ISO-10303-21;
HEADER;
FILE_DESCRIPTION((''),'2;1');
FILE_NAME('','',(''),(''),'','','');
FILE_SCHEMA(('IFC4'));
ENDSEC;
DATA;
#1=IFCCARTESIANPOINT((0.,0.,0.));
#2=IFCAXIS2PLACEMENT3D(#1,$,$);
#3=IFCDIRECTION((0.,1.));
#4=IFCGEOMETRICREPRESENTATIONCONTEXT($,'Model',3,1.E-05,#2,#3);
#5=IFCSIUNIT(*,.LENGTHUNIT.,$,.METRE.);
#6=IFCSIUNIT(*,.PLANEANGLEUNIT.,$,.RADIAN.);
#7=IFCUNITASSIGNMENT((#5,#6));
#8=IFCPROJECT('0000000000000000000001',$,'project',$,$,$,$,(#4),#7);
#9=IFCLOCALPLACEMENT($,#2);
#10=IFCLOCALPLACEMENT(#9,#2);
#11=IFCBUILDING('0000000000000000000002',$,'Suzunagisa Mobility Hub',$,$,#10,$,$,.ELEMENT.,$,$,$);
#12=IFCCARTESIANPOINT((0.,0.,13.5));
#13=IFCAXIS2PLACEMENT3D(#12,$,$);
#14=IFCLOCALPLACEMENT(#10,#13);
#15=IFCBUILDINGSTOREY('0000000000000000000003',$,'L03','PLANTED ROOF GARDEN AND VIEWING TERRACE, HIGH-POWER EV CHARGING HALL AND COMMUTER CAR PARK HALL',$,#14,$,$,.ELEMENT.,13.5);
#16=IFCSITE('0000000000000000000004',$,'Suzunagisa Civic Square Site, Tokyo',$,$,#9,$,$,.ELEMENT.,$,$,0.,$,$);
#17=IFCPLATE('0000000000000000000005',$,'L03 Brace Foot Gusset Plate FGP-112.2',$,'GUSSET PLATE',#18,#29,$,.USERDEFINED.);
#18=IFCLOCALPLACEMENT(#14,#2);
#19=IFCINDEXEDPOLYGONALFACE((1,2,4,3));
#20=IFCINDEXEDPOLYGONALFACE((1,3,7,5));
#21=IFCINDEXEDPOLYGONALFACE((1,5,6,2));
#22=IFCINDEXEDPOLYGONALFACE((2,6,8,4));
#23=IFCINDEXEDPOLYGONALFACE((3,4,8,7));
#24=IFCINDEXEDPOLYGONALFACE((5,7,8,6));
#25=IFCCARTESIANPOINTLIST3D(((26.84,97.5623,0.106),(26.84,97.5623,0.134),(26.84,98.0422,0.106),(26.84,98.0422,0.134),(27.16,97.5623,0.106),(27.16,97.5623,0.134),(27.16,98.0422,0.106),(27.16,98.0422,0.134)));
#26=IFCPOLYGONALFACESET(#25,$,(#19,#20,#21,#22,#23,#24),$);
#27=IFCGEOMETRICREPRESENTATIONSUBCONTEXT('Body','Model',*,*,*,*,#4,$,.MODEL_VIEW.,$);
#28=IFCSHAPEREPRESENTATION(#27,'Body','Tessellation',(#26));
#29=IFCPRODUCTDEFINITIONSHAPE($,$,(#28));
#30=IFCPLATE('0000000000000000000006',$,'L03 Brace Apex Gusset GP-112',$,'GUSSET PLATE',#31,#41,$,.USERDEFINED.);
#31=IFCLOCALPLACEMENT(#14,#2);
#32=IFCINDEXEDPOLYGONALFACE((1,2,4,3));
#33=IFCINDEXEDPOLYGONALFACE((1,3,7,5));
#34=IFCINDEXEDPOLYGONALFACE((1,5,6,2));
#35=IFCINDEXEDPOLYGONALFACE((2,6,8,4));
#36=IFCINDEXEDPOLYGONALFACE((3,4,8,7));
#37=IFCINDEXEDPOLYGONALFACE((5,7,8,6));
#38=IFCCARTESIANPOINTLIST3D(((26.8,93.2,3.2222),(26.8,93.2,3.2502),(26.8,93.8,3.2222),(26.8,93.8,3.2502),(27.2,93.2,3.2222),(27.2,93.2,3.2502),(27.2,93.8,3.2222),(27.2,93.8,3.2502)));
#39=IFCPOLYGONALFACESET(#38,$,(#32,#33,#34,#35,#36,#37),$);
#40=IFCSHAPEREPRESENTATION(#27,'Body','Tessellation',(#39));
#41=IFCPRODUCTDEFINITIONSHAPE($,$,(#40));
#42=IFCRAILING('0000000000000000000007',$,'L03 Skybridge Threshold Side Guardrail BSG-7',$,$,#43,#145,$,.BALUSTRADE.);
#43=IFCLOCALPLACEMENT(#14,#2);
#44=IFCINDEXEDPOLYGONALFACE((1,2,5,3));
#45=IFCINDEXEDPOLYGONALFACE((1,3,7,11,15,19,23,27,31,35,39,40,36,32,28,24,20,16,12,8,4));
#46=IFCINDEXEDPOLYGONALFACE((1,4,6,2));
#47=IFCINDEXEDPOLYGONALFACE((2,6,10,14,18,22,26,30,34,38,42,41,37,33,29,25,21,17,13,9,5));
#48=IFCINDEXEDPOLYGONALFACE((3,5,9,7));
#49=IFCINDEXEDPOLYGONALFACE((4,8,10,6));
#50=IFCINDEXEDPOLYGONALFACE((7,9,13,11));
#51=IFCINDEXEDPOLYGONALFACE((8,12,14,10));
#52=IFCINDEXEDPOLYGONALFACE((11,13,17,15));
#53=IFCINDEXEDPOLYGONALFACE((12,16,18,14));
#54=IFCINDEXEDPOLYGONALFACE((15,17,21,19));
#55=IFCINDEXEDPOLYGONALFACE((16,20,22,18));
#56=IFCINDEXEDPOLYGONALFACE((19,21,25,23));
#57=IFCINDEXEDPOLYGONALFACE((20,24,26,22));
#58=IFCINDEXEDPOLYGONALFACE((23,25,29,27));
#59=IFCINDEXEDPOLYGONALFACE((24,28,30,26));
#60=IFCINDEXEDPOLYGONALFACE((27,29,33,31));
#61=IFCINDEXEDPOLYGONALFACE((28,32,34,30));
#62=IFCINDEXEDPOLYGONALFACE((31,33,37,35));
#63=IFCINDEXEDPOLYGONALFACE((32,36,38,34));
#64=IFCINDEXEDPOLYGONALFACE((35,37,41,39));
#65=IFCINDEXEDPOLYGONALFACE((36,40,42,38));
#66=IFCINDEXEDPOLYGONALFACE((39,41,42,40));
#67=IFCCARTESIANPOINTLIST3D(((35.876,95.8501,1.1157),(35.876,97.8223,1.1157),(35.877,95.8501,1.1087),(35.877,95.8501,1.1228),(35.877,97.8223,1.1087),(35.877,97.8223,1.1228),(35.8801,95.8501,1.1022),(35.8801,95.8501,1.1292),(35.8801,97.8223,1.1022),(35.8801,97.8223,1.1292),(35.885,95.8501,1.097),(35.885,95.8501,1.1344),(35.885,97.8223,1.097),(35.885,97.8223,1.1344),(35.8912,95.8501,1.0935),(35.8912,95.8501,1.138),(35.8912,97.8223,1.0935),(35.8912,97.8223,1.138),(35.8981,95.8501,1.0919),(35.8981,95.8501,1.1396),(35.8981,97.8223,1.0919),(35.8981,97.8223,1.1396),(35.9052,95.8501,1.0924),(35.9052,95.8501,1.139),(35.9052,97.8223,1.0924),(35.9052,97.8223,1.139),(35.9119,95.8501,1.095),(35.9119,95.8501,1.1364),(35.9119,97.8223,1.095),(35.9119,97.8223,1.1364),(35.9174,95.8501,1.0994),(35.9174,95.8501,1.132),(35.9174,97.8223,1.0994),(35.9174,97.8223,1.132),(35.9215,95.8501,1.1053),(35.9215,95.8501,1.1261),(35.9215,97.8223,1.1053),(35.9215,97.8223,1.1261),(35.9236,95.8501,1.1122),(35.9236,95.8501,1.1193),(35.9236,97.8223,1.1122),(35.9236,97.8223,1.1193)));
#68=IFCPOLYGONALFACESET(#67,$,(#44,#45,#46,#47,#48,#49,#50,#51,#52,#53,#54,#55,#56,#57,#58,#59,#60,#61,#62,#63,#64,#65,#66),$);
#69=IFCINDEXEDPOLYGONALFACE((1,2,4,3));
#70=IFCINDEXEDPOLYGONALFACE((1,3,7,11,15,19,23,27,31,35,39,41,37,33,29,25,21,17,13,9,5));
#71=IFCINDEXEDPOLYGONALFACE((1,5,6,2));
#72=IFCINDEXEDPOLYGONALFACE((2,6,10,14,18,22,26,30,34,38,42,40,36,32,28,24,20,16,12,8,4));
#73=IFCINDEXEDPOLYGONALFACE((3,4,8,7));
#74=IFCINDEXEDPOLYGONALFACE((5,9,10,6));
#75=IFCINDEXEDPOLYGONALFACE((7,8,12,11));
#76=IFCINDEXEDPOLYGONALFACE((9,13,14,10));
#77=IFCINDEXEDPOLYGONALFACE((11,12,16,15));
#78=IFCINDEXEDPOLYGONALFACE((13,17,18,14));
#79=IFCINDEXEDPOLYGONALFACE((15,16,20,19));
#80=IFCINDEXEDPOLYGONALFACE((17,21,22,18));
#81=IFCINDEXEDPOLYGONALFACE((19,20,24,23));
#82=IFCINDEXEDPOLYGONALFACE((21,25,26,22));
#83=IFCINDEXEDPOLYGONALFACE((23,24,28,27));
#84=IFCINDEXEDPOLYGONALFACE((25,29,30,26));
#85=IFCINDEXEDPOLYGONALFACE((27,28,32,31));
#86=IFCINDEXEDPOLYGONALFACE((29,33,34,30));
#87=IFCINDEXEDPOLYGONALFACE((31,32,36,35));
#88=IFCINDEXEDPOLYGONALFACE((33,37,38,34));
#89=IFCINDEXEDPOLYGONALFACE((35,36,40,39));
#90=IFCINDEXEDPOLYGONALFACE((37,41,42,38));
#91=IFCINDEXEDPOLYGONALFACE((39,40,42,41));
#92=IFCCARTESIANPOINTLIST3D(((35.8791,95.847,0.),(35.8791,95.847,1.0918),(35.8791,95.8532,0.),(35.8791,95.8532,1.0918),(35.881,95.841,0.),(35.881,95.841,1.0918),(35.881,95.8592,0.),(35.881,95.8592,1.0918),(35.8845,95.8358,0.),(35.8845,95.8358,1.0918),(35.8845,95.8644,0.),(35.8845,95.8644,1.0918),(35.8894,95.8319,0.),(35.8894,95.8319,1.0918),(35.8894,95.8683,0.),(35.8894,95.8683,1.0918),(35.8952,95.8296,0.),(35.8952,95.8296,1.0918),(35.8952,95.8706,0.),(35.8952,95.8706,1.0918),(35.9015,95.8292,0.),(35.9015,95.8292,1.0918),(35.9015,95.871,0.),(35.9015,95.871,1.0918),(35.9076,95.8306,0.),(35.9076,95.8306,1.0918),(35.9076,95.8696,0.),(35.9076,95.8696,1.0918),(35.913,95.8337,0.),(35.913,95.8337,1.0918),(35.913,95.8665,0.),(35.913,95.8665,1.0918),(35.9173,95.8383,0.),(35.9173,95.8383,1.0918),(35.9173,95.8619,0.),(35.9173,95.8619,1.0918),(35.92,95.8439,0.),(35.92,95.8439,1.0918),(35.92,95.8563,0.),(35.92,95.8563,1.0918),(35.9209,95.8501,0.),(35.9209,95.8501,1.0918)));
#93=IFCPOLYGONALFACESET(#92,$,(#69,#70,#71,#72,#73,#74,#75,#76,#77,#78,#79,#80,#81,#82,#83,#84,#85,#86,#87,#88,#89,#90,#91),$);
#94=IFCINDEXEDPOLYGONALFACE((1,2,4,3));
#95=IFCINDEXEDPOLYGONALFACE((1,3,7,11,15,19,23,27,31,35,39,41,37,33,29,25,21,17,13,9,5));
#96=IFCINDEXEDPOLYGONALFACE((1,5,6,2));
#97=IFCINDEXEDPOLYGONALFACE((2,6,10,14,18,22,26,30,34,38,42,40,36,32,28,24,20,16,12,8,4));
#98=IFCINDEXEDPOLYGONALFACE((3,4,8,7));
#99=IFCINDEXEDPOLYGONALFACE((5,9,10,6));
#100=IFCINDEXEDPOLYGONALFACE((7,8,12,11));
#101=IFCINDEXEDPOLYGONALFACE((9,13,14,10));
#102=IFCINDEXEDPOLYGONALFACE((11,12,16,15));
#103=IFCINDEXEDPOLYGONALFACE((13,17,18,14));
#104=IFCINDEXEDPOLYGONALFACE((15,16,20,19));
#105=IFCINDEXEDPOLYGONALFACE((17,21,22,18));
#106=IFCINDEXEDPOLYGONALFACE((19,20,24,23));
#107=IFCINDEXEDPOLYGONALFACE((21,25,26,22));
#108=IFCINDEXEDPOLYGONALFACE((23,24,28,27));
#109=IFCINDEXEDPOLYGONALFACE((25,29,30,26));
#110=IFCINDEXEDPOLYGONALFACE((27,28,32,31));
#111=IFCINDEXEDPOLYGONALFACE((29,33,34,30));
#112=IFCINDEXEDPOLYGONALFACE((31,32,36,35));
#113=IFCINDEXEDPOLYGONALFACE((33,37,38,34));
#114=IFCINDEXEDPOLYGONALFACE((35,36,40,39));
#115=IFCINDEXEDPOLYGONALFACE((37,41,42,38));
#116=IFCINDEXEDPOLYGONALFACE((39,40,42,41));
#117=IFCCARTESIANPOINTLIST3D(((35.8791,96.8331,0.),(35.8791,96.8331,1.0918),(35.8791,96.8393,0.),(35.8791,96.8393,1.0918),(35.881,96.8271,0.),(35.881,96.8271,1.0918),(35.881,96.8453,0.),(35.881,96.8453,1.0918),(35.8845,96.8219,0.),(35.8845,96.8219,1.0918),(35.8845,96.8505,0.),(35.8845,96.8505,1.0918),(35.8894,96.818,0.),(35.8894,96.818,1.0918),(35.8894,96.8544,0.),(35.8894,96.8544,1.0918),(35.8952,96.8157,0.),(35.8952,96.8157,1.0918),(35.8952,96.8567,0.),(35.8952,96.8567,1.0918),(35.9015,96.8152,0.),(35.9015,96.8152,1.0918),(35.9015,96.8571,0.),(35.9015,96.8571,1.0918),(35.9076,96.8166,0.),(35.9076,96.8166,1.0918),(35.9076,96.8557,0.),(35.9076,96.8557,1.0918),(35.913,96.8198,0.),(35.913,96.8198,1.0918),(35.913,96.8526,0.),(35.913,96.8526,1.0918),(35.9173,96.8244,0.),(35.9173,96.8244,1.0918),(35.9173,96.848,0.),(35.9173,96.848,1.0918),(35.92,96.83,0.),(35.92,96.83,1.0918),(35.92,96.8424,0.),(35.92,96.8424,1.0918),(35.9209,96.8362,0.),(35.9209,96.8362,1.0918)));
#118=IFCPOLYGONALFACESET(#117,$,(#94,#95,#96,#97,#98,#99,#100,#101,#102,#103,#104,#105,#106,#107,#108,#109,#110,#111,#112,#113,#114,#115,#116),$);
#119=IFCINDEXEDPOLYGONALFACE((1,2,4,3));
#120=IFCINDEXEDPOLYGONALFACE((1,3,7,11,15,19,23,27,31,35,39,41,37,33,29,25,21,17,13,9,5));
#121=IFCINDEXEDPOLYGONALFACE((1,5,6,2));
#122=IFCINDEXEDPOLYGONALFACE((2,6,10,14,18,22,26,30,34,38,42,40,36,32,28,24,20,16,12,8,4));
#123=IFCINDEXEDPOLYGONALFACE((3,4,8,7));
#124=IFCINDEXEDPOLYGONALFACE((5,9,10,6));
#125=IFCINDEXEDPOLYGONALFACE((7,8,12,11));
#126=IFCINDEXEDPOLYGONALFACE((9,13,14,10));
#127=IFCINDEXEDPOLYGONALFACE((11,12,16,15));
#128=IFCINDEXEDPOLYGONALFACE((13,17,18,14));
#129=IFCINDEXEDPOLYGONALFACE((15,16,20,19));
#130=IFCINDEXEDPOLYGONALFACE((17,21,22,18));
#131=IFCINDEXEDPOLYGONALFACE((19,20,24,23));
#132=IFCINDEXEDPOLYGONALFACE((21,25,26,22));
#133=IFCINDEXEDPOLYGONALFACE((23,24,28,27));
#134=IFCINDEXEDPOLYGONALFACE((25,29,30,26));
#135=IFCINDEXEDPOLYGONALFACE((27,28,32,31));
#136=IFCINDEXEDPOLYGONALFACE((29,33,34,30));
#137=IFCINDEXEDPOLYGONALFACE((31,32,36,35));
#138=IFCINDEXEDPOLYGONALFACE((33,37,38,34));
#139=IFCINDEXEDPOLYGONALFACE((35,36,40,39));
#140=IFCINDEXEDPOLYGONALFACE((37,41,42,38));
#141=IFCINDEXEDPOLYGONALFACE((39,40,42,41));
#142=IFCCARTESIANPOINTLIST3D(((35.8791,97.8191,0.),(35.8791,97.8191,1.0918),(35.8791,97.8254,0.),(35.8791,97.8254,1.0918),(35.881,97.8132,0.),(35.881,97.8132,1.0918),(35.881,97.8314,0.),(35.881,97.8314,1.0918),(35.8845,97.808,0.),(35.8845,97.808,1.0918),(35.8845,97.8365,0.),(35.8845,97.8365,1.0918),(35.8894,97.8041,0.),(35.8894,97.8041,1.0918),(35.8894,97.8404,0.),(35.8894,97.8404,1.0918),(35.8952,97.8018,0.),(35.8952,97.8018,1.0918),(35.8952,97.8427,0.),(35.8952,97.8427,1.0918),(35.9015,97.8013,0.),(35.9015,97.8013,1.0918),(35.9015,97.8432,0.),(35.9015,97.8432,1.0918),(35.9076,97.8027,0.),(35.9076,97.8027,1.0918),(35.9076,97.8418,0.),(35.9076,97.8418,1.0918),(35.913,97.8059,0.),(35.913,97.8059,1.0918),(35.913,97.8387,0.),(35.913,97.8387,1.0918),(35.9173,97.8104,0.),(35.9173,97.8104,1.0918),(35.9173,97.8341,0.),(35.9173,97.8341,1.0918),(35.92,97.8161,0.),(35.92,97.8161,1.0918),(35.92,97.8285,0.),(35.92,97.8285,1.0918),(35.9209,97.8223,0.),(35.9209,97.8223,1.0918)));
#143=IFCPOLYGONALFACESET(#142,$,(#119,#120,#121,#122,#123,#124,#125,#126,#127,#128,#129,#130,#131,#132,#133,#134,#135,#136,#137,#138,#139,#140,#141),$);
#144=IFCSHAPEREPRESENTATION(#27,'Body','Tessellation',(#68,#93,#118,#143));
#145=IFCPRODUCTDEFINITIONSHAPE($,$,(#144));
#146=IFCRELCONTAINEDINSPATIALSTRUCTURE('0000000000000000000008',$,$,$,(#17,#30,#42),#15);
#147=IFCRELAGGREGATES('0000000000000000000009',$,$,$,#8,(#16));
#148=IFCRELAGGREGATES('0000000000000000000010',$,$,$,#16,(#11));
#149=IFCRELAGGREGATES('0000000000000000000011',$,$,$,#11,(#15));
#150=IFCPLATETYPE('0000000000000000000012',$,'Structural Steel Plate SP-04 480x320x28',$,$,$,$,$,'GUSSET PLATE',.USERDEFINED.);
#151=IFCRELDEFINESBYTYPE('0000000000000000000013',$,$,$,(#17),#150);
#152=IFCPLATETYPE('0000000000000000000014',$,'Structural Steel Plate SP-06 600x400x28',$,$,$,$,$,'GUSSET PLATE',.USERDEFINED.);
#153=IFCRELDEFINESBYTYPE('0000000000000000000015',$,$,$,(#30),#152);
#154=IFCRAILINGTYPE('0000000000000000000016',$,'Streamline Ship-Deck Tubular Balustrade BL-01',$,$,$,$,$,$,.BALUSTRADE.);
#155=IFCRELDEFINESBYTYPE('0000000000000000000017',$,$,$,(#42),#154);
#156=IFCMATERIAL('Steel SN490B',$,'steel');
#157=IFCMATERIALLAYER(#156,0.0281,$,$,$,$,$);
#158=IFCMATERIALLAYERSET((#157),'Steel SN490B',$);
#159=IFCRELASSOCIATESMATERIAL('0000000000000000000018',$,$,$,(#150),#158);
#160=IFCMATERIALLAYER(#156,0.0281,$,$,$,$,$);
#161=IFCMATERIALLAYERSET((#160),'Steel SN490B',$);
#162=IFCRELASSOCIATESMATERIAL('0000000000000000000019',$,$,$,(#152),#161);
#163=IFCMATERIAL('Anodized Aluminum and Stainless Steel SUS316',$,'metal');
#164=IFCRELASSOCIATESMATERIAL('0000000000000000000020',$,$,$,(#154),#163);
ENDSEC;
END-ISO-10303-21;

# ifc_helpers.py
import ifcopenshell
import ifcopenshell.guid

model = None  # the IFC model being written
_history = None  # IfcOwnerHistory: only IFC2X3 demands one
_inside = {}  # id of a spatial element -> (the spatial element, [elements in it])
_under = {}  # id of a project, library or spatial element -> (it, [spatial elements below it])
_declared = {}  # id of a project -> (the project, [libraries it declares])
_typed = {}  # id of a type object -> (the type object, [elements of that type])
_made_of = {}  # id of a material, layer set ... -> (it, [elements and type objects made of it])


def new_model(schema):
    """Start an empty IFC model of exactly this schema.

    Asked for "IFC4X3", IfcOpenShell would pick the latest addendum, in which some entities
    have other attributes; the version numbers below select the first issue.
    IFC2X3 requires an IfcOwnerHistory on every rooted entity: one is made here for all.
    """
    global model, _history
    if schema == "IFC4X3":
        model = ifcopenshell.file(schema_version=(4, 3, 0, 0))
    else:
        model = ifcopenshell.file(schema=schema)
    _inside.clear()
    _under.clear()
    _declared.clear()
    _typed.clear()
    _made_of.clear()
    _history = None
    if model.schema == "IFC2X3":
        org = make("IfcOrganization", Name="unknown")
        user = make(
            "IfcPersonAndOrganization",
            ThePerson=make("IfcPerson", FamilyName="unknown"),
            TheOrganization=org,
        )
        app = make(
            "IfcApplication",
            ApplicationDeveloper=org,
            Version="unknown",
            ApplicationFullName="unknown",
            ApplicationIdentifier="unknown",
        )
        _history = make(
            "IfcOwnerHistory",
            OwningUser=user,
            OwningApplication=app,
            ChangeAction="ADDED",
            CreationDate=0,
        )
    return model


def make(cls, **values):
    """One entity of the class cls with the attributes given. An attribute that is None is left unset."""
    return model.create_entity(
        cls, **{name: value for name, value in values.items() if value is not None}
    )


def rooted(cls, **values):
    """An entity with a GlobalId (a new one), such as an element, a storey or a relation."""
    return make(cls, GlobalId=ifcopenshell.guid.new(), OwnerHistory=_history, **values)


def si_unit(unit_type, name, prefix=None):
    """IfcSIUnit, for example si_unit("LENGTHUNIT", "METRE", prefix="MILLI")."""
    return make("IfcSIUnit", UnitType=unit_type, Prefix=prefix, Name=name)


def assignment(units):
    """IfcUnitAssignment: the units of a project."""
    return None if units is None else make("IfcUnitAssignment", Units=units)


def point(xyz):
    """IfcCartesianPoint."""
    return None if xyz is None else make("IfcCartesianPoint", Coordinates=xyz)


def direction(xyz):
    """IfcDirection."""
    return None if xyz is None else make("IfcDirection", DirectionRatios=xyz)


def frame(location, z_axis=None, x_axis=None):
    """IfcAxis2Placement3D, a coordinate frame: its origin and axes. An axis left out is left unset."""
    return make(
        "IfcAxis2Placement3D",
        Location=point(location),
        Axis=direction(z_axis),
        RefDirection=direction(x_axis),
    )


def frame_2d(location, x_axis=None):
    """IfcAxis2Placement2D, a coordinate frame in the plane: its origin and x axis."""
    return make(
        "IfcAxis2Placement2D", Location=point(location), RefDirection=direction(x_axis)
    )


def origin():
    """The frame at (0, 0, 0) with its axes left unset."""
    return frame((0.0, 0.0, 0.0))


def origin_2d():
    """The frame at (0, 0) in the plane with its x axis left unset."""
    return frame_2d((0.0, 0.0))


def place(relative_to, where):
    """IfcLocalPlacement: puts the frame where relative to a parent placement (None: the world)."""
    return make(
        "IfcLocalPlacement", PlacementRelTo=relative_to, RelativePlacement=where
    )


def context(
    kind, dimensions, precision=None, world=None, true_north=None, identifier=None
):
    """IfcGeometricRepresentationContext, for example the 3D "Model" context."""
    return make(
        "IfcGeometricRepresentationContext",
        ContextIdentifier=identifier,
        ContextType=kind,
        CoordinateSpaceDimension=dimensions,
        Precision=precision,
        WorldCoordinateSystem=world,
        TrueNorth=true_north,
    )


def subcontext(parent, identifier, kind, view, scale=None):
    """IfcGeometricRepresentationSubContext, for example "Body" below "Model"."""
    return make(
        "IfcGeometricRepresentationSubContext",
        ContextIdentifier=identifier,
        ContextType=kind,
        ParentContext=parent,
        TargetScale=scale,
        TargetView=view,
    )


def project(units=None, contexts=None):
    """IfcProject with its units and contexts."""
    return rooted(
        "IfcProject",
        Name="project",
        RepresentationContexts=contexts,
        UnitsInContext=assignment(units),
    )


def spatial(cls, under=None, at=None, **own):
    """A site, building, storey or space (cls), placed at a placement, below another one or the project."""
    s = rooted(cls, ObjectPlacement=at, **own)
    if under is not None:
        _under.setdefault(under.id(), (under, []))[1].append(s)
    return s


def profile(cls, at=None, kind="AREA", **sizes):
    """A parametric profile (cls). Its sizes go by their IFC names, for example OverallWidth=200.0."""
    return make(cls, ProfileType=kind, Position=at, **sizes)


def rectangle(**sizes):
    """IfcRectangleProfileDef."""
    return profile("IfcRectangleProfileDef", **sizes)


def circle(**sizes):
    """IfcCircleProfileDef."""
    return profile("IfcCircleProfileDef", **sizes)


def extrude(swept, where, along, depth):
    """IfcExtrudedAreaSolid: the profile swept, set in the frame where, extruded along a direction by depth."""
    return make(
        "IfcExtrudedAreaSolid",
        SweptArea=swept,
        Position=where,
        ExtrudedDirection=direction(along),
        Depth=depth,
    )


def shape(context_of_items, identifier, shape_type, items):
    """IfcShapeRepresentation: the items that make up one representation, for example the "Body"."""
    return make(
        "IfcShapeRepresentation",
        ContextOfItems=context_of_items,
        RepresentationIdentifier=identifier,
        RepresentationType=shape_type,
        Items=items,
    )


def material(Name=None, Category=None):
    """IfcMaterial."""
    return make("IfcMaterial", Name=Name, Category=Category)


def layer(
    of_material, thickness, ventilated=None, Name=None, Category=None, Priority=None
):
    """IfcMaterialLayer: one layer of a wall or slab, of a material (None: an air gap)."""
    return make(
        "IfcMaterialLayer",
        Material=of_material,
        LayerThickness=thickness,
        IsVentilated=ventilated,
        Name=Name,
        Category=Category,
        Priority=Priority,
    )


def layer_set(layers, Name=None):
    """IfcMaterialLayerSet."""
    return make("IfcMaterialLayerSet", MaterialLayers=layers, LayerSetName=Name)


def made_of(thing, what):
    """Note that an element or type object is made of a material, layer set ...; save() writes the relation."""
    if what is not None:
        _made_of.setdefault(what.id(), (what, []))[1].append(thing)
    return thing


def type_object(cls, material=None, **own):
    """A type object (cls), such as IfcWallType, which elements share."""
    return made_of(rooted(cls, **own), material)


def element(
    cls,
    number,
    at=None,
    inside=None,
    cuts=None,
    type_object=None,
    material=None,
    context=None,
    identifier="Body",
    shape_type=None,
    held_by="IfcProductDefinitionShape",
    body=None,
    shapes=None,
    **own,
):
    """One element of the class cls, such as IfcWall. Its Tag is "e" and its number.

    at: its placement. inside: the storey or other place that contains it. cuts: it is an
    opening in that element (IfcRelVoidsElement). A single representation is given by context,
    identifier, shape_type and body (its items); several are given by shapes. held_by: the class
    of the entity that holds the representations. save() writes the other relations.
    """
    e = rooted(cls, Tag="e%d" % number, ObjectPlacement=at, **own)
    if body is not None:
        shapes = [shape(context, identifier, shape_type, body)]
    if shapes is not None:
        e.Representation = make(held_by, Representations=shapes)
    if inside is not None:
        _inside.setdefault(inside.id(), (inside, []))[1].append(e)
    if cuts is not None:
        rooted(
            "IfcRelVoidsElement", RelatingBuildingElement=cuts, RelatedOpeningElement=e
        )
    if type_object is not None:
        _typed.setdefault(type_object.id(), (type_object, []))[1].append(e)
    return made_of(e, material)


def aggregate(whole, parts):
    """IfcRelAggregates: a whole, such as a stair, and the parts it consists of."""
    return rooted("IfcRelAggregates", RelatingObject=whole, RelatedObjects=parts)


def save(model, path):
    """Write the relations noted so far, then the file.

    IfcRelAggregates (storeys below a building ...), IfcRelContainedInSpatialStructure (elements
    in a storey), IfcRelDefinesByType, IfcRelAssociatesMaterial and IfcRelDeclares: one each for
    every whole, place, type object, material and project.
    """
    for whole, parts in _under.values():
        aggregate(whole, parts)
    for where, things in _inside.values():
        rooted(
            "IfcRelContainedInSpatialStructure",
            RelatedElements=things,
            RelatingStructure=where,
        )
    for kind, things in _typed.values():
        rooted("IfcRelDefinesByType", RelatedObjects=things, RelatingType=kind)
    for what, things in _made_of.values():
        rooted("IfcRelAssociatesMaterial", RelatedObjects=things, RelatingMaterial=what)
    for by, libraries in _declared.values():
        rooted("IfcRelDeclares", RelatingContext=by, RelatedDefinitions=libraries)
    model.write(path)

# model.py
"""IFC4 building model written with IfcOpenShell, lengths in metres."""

from ifc_helpers import new_model, si_unit, direction, frame, origin, origin_2d, place, context, subcontext, project, spatial, rectangle, circle, extrude, material, layer, layer_set, type_object, element, save


model = new_model("IFC4")

# Units and contexts
model_context = context("Model", 3, precision=1e-05, world=origin(), true_north=direction((0.0, 1.0)))
body_context = subcontext(model_context, "Body", "Model", "MODEL_VIEW")
ifc_project = project(units=[si_unit("LENGTHUNIT", "METRE"), si_unit("PLANEANGLEUNIT", "RADIAN")], contexts=[model_context])

# Site, building, storey
site_placement = place(None, origin())
site = spatial("IfcSite", under=ifc_project, at=site_placement, Name="Suzunagisa Civic Square Site, Tokyo", CompositionType="ELEMENT", RefElevation=0.0)
building_placement = place(site_placement, origin())
building = spatial("IfcBuilding", under=site, at=building_placement, Name="Suzunagisa Mobility Hub", CompositionType="ELEMENT")
storey_placement = place(building_placement, frame((0.0, 0.0, 13.5)))
storey = spatial("IfcBuildingStorey", under=building, at=storey_placement, Name="L03", Description="PLANTED ROOF GARDEN AND VIEWING TERRACE, HIGH-POWER EV CHARGING HALL AND COMMUTER CAR PARK HALL", CompositionType="ELEMENT", Elevation=13.5)

# Shared definitions
ifc_material_1 = material(Name="Steel SN490B", Category="steel")

# Plates
ifc_layer_1 = layer(ifc_material_1, 0.0281)
ifc_layer_set_1 = layer_set([ifc_layer_1], Name="Steel SN490B")
plate_type_1 = type_object("IfcPlateType", Name="Structural Steel Plate SP-04 480x320x28", ElementType="GUSSET PLATE", PredefinedType="USERDEFINED", material=ifc_layer_set_1)
plate_1_placement = place(storey_placement, frame((27.0, 97.8022, 0.106), z_axis=(0.0, 0.0, 1.0), x_axis=(1.0, 0.0, 0.0)))
element("IfcPlate", 1, at=plate_1_placement, inside=storey, type_object=plate_type_1, Name="L03 Brace Foot Gusset Plate FGP-112.2", ObjectType="GUSSET PLATE", PredefinedType="USERDEFINED", context=body_context, shape_type="SweptSolid", body=[
    extrude(rectangle(XDim=0.3201, YDim=0.48, at=origin_2d()), origin(), (0.0, 0.0, 1.0), 0.0281),
])
ifc_layer_2 = layer(ifc_material_1, 0.0281)
ifc_layer_set_2 = layer_set([ifc_layer_2], Name="Steel SN490B")
plate_type_2 = type_object("IfcPlateType", Name="Structural Steel Plate SP-06 600x400x28", ElementType="GUSSET PLATE", PredefinedType="USERDEFINED", material=ifc_layer_set_2)
plate_2_placement = place(storey_placement, frame((27.0, 93.5, 3.2222), z_axis=(0.0, 0.0, 1.0), x_axis=(1.0, 0.0, 0.0)))
element("IfcPlate", 2, at=plate_2_placement, inside=storey, type_object=plate_type_2, Name="L03 Brace Apex Gusset GP-112", ObjectType="GUSSET PLATE", PredefinedType="USERDEFINED", context=body_context, shape_type="SweptSolid", body=[
    extrude(rectangle(XDim=0.3999, YDim=0.6001, at=origin_2d()), origin(), (0.0, 0.0, 1.0), 0.0281),
])

# Railing
ifc_material_2 = material(Name="Anodized Aluminum and Stainless Steel SUS316", Category="metal")
railing_type_1 = type_object("IfcRailingType", Name="Streamline Ship-Deck Tubular Balustrade BL-01", PredefinedType="BALUSTRADE", material=ifc_material_2)
railing_1_placement = place(storey_placement, frame((35.8999, 95.8501, 0.0)))
element("IfcRailing", 3, at=railing_1_placement, inside=storey, type_object=railing_type_1, Name="L03 Skybridge Threshold Side Guardrail BSG-7", PredefinedType="BALUSTRADE", context=body_context, shape_type="SweptSolid", body=[
    extrude(circle(Radius=0.0239, at=origin_2d()), frame((0.0, 0.0, 1.1157), z_axis=(0.0, 1.0, 0.0), x_axis=(-1.0, 0.0, 0.0)), (0.0, 0.0, 1.0), 1.9722),
    extrude(circle(Radius=0.021, at=origin_2d()), origin(), (0.0, 0.0, 1.0), 1.0918),
    extrude(circle(Radius=0.021, at=origin_2d()), frame((0.0, 0.9861, 0.0)), (0.0, 0.0, 1.0), 1.0918),
    extrude(circle(Radius=0.021, at=origin_2d()), frame((0.0, 1.9722, 0.0)), (0.0, 0.0, 1.0), 1.0918),
])

save(model, "model.ifc")
